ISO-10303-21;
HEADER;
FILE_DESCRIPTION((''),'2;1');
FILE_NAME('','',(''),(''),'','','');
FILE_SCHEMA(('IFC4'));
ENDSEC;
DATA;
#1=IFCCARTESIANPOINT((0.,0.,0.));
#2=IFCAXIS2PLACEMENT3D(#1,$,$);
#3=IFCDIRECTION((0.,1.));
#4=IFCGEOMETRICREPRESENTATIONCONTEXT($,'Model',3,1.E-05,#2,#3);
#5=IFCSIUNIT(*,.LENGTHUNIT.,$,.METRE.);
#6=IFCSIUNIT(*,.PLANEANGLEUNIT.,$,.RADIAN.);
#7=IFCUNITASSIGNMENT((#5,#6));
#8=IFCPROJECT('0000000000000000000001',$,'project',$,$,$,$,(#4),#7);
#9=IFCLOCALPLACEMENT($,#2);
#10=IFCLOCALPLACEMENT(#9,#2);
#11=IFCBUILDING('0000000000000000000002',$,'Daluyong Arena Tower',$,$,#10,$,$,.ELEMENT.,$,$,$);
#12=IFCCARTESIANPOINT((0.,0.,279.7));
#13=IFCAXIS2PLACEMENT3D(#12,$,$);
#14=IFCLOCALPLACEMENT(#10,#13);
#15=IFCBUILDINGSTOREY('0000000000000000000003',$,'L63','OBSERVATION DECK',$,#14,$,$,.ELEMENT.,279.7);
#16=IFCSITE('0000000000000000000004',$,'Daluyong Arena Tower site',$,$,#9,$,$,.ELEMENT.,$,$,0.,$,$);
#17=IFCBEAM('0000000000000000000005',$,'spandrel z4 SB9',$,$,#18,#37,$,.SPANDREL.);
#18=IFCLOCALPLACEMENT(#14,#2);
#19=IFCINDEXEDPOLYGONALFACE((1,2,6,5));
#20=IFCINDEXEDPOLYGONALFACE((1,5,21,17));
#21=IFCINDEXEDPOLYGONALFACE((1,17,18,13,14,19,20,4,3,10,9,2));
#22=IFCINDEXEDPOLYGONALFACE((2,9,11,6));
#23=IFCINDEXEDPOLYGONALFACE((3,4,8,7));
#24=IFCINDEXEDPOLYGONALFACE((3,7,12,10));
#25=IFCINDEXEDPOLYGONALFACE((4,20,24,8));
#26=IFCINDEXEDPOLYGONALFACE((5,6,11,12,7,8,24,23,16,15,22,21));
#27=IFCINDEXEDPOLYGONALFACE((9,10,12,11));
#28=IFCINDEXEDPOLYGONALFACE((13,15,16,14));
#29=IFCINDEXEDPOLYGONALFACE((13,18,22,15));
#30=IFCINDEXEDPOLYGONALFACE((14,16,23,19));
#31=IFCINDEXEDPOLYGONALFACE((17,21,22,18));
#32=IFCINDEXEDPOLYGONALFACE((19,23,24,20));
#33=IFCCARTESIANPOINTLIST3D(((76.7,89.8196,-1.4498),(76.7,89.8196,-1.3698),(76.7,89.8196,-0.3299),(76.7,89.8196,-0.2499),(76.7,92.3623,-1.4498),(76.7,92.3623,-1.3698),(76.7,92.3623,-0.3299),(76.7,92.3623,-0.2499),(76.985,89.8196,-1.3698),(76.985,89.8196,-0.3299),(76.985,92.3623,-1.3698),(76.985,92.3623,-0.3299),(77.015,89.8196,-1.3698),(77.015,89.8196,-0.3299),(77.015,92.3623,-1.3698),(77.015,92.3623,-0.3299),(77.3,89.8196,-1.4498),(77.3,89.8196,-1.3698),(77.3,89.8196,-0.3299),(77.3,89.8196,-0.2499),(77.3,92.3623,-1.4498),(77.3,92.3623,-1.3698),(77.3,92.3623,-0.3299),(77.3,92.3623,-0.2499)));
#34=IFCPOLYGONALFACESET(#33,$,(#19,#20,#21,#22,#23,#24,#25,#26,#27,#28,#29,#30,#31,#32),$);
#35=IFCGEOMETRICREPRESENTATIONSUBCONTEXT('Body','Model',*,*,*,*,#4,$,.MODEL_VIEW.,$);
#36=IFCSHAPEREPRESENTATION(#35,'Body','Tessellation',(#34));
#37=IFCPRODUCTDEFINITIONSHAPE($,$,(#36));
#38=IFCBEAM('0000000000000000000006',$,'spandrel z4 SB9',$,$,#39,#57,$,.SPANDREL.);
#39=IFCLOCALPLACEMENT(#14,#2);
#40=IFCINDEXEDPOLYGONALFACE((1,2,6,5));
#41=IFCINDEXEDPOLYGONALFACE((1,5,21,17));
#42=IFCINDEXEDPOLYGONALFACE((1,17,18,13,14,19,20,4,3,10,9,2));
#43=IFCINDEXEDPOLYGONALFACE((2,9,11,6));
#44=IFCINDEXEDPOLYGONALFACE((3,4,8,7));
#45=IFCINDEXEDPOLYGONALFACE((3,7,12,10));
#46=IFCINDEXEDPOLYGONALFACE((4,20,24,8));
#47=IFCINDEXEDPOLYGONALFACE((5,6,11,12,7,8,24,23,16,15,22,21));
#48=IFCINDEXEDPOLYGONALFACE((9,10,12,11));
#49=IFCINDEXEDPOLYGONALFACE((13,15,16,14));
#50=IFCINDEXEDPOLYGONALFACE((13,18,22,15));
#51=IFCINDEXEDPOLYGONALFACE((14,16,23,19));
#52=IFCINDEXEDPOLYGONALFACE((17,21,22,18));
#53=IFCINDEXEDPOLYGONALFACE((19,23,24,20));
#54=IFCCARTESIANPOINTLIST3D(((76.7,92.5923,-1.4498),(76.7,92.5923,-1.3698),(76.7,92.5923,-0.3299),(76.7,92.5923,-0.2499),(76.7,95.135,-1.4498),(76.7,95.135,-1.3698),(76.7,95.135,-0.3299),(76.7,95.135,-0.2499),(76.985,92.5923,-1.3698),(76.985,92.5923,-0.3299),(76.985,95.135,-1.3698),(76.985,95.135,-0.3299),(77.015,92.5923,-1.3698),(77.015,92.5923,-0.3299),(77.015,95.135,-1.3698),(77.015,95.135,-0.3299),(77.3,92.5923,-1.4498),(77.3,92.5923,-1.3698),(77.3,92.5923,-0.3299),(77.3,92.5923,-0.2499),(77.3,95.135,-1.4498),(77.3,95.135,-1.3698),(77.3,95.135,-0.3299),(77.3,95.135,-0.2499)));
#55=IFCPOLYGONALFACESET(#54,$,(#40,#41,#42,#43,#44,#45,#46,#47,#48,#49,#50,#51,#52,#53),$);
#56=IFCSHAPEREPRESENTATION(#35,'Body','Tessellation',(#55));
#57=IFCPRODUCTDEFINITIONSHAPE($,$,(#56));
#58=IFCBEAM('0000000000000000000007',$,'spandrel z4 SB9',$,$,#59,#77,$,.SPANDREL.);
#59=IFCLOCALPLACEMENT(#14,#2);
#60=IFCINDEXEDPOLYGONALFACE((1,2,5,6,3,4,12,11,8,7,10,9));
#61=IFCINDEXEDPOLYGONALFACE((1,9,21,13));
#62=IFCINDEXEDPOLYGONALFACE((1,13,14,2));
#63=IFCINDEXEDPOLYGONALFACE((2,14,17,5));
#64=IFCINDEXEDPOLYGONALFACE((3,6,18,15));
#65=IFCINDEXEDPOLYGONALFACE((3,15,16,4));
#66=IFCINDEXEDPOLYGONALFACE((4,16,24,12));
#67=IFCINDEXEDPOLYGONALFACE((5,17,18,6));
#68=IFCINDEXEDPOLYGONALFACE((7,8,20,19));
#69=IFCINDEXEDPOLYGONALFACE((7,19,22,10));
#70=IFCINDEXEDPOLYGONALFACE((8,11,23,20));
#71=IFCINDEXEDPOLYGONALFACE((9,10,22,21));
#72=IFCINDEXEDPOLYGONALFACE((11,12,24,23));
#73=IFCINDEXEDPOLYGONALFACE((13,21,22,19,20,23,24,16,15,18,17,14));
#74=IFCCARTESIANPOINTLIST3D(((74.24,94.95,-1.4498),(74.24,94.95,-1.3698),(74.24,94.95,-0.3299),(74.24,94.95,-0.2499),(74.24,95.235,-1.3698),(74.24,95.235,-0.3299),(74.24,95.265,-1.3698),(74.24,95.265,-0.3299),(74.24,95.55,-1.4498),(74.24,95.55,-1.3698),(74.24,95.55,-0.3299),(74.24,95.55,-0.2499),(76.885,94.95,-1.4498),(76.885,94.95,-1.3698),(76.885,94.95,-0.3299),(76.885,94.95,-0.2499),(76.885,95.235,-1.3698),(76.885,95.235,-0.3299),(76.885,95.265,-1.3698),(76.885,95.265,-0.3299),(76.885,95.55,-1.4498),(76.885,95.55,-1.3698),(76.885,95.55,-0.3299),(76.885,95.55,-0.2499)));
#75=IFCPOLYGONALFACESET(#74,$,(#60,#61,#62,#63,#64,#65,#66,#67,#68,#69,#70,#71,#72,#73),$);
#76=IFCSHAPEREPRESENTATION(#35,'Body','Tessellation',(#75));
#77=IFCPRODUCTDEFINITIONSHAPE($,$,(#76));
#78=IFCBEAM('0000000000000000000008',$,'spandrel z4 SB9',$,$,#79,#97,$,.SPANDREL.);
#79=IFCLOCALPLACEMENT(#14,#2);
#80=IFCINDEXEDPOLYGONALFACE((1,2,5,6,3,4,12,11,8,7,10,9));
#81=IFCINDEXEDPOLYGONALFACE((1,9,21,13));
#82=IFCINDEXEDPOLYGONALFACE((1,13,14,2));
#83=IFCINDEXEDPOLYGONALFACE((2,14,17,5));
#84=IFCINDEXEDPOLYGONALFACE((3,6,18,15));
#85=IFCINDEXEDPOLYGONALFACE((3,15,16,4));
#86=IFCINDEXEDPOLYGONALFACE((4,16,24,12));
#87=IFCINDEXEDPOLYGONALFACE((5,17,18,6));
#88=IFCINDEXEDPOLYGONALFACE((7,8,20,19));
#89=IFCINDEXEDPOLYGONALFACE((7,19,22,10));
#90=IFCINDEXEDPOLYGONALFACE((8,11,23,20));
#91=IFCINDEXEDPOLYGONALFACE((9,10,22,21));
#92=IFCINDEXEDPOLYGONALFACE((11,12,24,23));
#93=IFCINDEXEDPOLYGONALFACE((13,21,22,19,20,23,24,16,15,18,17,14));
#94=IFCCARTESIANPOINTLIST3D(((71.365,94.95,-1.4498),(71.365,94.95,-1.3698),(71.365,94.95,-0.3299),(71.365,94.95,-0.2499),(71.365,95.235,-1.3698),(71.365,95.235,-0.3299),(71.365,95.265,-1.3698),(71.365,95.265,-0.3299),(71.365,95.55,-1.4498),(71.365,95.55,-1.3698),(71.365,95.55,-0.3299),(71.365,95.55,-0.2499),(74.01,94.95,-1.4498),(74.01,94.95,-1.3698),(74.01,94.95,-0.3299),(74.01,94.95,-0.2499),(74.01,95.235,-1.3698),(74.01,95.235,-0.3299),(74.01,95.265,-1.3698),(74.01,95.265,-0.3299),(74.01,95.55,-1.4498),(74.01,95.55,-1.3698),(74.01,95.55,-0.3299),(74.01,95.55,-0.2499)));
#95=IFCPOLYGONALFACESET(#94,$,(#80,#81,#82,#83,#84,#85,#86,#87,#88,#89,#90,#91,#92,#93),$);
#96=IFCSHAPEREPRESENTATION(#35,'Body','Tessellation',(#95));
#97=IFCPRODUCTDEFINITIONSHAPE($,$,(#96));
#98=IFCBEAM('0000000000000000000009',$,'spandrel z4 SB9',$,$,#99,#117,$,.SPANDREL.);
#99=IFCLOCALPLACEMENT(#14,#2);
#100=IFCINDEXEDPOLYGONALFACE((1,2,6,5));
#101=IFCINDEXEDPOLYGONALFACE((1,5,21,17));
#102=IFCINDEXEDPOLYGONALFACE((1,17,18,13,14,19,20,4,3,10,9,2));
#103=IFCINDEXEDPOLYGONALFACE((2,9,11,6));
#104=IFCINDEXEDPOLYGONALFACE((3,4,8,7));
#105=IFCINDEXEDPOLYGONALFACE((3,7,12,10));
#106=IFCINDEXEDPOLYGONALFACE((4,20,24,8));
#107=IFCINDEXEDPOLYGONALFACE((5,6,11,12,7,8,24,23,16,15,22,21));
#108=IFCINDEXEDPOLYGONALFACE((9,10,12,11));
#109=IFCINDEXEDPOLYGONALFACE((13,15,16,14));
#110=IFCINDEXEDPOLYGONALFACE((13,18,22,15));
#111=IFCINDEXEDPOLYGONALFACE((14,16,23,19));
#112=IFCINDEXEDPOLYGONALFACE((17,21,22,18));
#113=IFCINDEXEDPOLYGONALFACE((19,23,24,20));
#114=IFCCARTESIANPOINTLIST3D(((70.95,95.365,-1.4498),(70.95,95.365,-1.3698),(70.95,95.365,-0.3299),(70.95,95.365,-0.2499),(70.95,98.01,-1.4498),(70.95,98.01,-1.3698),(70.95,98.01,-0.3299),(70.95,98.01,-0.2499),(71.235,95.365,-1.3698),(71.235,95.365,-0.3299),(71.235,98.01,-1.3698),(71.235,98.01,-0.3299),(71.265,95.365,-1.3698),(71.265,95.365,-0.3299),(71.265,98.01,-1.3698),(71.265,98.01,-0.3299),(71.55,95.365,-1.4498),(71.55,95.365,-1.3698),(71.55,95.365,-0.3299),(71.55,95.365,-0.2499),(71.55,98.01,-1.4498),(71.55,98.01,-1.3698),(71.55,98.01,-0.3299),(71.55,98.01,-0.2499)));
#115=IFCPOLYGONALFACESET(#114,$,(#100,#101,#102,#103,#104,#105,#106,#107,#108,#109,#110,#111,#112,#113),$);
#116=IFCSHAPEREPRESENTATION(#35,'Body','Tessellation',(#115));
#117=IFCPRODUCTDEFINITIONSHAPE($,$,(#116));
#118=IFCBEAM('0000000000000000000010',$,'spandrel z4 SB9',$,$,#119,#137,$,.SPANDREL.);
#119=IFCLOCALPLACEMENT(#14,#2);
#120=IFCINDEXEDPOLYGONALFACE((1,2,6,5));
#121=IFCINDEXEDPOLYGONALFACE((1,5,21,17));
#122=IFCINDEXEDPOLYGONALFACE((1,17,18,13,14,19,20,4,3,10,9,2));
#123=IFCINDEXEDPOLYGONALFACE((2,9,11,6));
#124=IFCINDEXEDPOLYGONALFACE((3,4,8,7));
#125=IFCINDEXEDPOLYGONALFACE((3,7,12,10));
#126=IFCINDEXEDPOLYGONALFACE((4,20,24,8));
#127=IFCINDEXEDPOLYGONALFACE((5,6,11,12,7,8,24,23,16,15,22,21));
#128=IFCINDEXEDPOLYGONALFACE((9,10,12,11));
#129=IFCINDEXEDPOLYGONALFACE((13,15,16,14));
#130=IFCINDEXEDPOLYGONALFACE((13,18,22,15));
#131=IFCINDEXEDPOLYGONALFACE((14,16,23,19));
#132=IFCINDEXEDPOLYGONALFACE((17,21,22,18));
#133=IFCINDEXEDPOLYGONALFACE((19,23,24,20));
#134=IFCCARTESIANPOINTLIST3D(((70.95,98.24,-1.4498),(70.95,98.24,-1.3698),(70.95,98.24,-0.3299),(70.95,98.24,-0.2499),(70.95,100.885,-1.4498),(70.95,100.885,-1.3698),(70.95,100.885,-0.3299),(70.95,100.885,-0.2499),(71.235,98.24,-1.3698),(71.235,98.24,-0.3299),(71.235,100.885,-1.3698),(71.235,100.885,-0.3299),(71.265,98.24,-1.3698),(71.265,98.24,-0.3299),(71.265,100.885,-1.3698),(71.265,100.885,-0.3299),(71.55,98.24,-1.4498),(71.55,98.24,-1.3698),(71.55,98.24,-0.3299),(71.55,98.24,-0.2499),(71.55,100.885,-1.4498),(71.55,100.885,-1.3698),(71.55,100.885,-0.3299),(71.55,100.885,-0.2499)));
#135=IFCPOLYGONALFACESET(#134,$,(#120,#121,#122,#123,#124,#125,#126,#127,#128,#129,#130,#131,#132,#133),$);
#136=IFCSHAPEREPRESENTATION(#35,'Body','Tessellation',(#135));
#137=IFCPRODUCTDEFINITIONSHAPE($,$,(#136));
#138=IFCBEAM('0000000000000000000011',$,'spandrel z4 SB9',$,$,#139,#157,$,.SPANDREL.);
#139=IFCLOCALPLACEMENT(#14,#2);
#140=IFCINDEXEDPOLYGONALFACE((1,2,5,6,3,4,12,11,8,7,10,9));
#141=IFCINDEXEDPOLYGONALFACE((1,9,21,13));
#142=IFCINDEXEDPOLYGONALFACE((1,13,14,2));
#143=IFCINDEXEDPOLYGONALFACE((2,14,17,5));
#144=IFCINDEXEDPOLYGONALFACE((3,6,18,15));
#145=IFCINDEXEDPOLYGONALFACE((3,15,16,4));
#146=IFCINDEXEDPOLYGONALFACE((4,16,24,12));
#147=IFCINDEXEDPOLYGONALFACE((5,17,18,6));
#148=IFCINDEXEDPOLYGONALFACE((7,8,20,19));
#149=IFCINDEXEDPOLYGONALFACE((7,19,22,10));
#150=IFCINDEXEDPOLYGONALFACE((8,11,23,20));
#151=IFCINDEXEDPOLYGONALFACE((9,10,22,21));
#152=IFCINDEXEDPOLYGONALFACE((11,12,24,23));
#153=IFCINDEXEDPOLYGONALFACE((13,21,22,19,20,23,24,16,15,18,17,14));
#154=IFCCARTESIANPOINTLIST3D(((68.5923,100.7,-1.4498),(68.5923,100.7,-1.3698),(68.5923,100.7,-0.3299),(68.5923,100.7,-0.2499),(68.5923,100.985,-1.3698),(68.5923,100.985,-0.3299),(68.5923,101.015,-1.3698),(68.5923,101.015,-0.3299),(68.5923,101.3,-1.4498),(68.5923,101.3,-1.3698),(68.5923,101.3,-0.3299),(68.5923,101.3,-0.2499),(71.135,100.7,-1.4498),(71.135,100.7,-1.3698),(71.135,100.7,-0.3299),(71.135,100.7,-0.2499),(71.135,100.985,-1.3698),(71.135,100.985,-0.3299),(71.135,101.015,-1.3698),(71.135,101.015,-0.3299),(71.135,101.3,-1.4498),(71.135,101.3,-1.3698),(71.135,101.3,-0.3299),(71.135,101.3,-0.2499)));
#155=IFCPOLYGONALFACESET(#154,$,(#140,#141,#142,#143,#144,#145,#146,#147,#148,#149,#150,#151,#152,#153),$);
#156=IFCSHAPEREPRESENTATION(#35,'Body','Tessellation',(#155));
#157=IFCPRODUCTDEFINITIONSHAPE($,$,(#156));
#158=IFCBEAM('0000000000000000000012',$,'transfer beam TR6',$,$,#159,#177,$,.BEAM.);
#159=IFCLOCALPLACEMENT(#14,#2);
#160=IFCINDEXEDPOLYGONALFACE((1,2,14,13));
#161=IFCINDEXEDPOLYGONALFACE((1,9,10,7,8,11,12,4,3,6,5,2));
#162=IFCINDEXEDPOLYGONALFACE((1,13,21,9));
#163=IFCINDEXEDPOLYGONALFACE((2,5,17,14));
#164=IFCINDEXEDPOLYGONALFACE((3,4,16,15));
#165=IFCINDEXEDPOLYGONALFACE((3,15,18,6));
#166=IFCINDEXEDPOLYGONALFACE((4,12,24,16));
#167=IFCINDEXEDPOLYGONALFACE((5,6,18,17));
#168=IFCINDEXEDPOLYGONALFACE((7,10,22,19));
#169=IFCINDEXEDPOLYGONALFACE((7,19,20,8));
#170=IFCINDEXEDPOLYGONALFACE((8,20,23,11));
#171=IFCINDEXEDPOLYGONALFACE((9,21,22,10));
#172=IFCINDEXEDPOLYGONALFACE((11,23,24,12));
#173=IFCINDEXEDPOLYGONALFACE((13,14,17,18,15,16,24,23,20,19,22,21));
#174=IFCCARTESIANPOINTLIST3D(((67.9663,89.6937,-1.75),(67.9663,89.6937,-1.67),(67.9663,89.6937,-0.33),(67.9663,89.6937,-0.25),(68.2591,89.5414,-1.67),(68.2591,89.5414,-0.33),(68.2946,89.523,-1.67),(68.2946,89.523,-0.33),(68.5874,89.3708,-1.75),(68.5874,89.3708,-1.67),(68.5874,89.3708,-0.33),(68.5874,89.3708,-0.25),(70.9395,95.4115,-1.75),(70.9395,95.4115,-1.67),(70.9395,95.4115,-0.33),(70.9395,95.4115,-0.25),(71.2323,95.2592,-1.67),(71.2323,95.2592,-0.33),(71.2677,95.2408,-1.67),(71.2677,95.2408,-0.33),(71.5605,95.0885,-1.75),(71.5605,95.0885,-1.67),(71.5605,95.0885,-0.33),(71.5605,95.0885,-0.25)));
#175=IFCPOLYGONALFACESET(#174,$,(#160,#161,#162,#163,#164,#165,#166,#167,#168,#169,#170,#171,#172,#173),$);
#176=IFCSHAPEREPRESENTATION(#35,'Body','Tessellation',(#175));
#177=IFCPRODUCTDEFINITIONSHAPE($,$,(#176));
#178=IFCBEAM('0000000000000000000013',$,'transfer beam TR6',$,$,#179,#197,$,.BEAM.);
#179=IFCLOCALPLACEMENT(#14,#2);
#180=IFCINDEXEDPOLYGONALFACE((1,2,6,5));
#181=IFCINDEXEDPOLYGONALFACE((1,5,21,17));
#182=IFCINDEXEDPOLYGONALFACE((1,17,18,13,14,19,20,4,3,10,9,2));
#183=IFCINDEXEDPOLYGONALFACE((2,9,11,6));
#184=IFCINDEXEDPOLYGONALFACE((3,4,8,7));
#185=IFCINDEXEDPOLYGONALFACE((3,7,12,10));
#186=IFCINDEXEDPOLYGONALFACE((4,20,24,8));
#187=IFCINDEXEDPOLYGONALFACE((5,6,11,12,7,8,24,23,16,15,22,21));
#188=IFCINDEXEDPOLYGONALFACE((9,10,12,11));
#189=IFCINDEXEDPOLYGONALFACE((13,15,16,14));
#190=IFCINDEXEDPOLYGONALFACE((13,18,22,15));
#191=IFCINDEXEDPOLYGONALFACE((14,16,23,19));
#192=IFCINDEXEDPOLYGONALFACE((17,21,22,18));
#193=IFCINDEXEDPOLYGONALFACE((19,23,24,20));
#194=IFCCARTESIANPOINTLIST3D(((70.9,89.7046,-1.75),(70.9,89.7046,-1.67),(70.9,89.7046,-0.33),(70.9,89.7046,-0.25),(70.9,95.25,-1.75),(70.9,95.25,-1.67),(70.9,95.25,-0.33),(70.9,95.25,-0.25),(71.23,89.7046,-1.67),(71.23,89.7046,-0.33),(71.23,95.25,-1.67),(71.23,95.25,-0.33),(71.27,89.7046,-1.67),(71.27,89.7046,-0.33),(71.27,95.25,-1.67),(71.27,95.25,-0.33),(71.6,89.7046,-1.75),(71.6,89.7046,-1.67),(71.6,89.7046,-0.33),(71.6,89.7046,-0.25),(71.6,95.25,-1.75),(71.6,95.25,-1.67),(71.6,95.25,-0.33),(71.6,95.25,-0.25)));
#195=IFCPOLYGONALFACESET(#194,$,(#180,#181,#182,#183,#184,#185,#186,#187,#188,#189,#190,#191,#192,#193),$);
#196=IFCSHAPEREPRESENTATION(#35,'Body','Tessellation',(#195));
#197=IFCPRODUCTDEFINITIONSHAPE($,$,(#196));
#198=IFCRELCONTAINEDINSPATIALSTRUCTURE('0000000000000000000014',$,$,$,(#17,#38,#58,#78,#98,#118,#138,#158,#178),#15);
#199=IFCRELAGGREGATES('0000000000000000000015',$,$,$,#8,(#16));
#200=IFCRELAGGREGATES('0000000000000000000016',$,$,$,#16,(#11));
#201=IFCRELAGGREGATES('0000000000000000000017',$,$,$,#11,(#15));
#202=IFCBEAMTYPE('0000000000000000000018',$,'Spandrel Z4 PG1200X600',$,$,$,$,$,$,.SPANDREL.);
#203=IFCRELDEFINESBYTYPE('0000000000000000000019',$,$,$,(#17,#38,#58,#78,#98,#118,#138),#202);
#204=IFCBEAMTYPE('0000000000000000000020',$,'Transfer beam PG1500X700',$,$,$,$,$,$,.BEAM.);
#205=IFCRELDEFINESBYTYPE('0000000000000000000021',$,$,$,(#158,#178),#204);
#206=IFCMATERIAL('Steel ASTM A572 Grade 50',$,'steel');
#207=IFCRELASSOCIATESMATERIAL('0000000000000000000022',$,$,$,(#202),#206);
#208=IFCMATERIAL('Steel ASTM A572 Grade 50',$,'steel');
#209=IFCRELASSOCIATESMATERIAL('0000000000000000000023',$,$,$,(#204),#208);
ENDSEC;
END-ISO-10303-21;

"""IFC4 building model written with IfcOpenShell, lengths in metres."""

from ifc_helpers import new_model, si_unit, direction, frame, origin, origin_2d, place, context, subcontext, project, spatial, i_section, extrude, material, material_profile, profile_set, type_object, element, save


model = new_model("IFC4")

# Units and contexts
model_context = context("Model", 3, precision=1e-05, world=origin(), true_north=direction((0.0, 1.0)))
body_context = subcontext(model_context, "Body", "Model", "MODEL_VIEW")
ifc_project = project(units=[si_unit("LENGTHUNIT", "METRE"), si_unit("PLANEANGLEUNIT", "RADIAN")], contexts=[model_context])

# Site, building, storey
site_placement = place(None, origin())
site = spatial("IfcSite", under=ifc_project, at=site_placement, Name="Daluyong Arena Tower site", CompositionType="ELEMENT", RefElevation=0.0)
building_placement = place(site_placement, origin())
building = spatial("IfcBuilding", under=site, at=building_placement, Name="Daluyong Arena Tower", CompositionType="ELEMENT")
storey_placement = place(building_placement, frame((0.0, 0.0, 279.7)))
storey = spatial("IfcBuildingStorey", under=building, at=storey_placement, Name="L63", Description="OBSERVATION DECK", CompositionType="ELEMENT", Elevation=279.7)

# Beams
ifc_material_1 = material(Name="Steel ASTM A572 Grade 50", Category="steel")
ifc_material_profile_1 = material_profile(ifc_material_1, i_section(OverallWidth=0.6001, OverallDepth=1.2, WebThickness=0.03, FlangeThickness=0.08, at=origin_2d()))
ifc_profile_set_1 = profile_set([ifc_material_profile_1], Name="Steel ASTM A572 Grade 50")
beam_type_1 = type_object("IfcBeamType", Name="Spandrel Z4 PG1200X600", PredefinedType="SPANDREL", material=ifc_profile_set_1)
for number, where, z_axis, x_axis, name in (
    (1, (77.0, 89.8196, -0.8499), (0.0, 1.0, 0.0), (-1.0, 0.0, 0.0), "spandrel z4 SB9"),
    (2, (77.0, 92.5923, -0.8499), (0.0, 1.0, 0.0), (-1.0, 0.0, 0.0), "spandrel z4 SB9"),
):
    element("IfcBeam", number, at=place(storey_placement, frame(where, z_axis=z_axis, x_axis=x_axis)), inside=storey, type_object=beam_type_1, Name=name, PredefinedType="SPANDREL", context=body_context, shape_type="SweptSolid", body=[
        extrude(i_section(OverallWidth=0.6001, OverallDepth=1.2, WebThickness=0.03, FlangeThickness=0.08, at=origin_2d()), origin(), (0.0, 0.0, 1.0), 2.5427),
    ])
for number, where, z_axis, x_axis, name in (
    (3, (76.885, 95.25, -0.8499), (-1.0, 0.0, 0.0), (0.0, -1.0, 0.0), "spandrel z4 SB9"),
    (4, (74.01, 95.25, -0.8499), (-1.0, 0.0, 0.0), (0.0, -1.0, 0.0), "spandrel z4 SB9"),
    (5, (71.25, 95.365, -0.8499), (0.0, 1.0, 0.0), (-1.0, 0.0, 0.0), "spandrel z4 SB9"),
    (6, (71.25, 98.24, -0.8499), (0.0, 1.0, 0.0), (-1.0, 0.0, 0.0), "spandrel z4 SB9"),
):
    element("IfcBeam", number, at=place(storey_placement, frame(where, z_axis=z_axis, x_axis=x_axis)), inside=storey, type_object=beam_type_1, Name=name, PredefinedType="SPANDREL", context=body_context, shape_type="SweptSolid", body=[
        extrude(i_section(OverallWidth=0.6001, OverallDepth=1.2, WebThickness=0.03, FlangeThickness=0.08, at=origin_2d()), origin(), (0.0, 0.0, 1.0), 2.645),
    ])
beam_1_placement = place(storey_placement, frame((71.135, 101.0, -0.8499), z_axis=(-1.0, 0.0, 0.0), x_axis=(0.0, -1.0, 0.0)))
element("IfcBeam", 7, at=beam_1_placement, inside=storey, type_object=beam_type_1, Name="spandrel z4 SB9", PredefinedType="SPANDREL", context=body_context, shape_type="SweptSolid", body=[
    extrude(i_section(OverallWidth=0.6001, OverallDepth=1.2, WebThickness=0.03, FlangeThickness=0.08, at=origin_2d()), origin(), (0.0, 0.0, 1.0), 2.5427),
])
ifc_material_2 = material(Name="Steel ASTM A572 Grade 50", Category="steel")
ifc_material_profile_2 = material_profile(ifc_material_2, i_section(OverallWidth=0.7, OverallDepth=1.5, WebThickness=0.04, FlangeThickness=0.08, at=origin_2d()))
ifc_profile_set_2 = profile_set([ifc_material_profile_2], Name="Steel ASTM A572 Grade 50")
beam_type_2 = type_object("IfcBeamType", Name="Transfer beam PG1500X700", PredefinedType="BEAM", material=ifc_profile_set_2)
beam_2_placement = place(storey_placement, frame((71.25, 95.25, -1.0), z_axis=(-0.461341, -0.887223, 0.0), x_axis=(0.887223, -0.461341, 0.0)))
element("IfcBeam", 8, at=beam_2_placement, inside=storey, type_object=beam_type_2, Name="transfer beam TR6", PredefinedType="BEAM", context=body_context, shape_type="SweptSolid", body=[
    extrude(i_section(OverallWidth=0.7, OverallDepth=1.5, WebThickness=0.04, FlangeThickness=0.08, at=origin_2d()), origin(), (0.0, 0.0, 1.0), 6.4446),
])
beam_3_placement = place(storey_placement, frame((71.25, 95.25, -1.0), z_axis=(0.0, -1.0, 0.0), x_axis=(1.0, 0.0, 0.0)))
element("IfcBeam", 9, at=beam_3_placement, inside=storey, type_object=beam_type_2, Name="transfer beam TR6", PredefinedType="BEAM", context=body_context, shape_type="SweptSolid", body=[
    extrude(i_section(OverallWidth=0.7, OverallDepth=1.5, WebThickness=0.04, FlangeThickness=0.08, at=origin_2d()), origin(), (0.0, 0.0, 1.0), 5.5454),
])

save(model, "model.ifc")
